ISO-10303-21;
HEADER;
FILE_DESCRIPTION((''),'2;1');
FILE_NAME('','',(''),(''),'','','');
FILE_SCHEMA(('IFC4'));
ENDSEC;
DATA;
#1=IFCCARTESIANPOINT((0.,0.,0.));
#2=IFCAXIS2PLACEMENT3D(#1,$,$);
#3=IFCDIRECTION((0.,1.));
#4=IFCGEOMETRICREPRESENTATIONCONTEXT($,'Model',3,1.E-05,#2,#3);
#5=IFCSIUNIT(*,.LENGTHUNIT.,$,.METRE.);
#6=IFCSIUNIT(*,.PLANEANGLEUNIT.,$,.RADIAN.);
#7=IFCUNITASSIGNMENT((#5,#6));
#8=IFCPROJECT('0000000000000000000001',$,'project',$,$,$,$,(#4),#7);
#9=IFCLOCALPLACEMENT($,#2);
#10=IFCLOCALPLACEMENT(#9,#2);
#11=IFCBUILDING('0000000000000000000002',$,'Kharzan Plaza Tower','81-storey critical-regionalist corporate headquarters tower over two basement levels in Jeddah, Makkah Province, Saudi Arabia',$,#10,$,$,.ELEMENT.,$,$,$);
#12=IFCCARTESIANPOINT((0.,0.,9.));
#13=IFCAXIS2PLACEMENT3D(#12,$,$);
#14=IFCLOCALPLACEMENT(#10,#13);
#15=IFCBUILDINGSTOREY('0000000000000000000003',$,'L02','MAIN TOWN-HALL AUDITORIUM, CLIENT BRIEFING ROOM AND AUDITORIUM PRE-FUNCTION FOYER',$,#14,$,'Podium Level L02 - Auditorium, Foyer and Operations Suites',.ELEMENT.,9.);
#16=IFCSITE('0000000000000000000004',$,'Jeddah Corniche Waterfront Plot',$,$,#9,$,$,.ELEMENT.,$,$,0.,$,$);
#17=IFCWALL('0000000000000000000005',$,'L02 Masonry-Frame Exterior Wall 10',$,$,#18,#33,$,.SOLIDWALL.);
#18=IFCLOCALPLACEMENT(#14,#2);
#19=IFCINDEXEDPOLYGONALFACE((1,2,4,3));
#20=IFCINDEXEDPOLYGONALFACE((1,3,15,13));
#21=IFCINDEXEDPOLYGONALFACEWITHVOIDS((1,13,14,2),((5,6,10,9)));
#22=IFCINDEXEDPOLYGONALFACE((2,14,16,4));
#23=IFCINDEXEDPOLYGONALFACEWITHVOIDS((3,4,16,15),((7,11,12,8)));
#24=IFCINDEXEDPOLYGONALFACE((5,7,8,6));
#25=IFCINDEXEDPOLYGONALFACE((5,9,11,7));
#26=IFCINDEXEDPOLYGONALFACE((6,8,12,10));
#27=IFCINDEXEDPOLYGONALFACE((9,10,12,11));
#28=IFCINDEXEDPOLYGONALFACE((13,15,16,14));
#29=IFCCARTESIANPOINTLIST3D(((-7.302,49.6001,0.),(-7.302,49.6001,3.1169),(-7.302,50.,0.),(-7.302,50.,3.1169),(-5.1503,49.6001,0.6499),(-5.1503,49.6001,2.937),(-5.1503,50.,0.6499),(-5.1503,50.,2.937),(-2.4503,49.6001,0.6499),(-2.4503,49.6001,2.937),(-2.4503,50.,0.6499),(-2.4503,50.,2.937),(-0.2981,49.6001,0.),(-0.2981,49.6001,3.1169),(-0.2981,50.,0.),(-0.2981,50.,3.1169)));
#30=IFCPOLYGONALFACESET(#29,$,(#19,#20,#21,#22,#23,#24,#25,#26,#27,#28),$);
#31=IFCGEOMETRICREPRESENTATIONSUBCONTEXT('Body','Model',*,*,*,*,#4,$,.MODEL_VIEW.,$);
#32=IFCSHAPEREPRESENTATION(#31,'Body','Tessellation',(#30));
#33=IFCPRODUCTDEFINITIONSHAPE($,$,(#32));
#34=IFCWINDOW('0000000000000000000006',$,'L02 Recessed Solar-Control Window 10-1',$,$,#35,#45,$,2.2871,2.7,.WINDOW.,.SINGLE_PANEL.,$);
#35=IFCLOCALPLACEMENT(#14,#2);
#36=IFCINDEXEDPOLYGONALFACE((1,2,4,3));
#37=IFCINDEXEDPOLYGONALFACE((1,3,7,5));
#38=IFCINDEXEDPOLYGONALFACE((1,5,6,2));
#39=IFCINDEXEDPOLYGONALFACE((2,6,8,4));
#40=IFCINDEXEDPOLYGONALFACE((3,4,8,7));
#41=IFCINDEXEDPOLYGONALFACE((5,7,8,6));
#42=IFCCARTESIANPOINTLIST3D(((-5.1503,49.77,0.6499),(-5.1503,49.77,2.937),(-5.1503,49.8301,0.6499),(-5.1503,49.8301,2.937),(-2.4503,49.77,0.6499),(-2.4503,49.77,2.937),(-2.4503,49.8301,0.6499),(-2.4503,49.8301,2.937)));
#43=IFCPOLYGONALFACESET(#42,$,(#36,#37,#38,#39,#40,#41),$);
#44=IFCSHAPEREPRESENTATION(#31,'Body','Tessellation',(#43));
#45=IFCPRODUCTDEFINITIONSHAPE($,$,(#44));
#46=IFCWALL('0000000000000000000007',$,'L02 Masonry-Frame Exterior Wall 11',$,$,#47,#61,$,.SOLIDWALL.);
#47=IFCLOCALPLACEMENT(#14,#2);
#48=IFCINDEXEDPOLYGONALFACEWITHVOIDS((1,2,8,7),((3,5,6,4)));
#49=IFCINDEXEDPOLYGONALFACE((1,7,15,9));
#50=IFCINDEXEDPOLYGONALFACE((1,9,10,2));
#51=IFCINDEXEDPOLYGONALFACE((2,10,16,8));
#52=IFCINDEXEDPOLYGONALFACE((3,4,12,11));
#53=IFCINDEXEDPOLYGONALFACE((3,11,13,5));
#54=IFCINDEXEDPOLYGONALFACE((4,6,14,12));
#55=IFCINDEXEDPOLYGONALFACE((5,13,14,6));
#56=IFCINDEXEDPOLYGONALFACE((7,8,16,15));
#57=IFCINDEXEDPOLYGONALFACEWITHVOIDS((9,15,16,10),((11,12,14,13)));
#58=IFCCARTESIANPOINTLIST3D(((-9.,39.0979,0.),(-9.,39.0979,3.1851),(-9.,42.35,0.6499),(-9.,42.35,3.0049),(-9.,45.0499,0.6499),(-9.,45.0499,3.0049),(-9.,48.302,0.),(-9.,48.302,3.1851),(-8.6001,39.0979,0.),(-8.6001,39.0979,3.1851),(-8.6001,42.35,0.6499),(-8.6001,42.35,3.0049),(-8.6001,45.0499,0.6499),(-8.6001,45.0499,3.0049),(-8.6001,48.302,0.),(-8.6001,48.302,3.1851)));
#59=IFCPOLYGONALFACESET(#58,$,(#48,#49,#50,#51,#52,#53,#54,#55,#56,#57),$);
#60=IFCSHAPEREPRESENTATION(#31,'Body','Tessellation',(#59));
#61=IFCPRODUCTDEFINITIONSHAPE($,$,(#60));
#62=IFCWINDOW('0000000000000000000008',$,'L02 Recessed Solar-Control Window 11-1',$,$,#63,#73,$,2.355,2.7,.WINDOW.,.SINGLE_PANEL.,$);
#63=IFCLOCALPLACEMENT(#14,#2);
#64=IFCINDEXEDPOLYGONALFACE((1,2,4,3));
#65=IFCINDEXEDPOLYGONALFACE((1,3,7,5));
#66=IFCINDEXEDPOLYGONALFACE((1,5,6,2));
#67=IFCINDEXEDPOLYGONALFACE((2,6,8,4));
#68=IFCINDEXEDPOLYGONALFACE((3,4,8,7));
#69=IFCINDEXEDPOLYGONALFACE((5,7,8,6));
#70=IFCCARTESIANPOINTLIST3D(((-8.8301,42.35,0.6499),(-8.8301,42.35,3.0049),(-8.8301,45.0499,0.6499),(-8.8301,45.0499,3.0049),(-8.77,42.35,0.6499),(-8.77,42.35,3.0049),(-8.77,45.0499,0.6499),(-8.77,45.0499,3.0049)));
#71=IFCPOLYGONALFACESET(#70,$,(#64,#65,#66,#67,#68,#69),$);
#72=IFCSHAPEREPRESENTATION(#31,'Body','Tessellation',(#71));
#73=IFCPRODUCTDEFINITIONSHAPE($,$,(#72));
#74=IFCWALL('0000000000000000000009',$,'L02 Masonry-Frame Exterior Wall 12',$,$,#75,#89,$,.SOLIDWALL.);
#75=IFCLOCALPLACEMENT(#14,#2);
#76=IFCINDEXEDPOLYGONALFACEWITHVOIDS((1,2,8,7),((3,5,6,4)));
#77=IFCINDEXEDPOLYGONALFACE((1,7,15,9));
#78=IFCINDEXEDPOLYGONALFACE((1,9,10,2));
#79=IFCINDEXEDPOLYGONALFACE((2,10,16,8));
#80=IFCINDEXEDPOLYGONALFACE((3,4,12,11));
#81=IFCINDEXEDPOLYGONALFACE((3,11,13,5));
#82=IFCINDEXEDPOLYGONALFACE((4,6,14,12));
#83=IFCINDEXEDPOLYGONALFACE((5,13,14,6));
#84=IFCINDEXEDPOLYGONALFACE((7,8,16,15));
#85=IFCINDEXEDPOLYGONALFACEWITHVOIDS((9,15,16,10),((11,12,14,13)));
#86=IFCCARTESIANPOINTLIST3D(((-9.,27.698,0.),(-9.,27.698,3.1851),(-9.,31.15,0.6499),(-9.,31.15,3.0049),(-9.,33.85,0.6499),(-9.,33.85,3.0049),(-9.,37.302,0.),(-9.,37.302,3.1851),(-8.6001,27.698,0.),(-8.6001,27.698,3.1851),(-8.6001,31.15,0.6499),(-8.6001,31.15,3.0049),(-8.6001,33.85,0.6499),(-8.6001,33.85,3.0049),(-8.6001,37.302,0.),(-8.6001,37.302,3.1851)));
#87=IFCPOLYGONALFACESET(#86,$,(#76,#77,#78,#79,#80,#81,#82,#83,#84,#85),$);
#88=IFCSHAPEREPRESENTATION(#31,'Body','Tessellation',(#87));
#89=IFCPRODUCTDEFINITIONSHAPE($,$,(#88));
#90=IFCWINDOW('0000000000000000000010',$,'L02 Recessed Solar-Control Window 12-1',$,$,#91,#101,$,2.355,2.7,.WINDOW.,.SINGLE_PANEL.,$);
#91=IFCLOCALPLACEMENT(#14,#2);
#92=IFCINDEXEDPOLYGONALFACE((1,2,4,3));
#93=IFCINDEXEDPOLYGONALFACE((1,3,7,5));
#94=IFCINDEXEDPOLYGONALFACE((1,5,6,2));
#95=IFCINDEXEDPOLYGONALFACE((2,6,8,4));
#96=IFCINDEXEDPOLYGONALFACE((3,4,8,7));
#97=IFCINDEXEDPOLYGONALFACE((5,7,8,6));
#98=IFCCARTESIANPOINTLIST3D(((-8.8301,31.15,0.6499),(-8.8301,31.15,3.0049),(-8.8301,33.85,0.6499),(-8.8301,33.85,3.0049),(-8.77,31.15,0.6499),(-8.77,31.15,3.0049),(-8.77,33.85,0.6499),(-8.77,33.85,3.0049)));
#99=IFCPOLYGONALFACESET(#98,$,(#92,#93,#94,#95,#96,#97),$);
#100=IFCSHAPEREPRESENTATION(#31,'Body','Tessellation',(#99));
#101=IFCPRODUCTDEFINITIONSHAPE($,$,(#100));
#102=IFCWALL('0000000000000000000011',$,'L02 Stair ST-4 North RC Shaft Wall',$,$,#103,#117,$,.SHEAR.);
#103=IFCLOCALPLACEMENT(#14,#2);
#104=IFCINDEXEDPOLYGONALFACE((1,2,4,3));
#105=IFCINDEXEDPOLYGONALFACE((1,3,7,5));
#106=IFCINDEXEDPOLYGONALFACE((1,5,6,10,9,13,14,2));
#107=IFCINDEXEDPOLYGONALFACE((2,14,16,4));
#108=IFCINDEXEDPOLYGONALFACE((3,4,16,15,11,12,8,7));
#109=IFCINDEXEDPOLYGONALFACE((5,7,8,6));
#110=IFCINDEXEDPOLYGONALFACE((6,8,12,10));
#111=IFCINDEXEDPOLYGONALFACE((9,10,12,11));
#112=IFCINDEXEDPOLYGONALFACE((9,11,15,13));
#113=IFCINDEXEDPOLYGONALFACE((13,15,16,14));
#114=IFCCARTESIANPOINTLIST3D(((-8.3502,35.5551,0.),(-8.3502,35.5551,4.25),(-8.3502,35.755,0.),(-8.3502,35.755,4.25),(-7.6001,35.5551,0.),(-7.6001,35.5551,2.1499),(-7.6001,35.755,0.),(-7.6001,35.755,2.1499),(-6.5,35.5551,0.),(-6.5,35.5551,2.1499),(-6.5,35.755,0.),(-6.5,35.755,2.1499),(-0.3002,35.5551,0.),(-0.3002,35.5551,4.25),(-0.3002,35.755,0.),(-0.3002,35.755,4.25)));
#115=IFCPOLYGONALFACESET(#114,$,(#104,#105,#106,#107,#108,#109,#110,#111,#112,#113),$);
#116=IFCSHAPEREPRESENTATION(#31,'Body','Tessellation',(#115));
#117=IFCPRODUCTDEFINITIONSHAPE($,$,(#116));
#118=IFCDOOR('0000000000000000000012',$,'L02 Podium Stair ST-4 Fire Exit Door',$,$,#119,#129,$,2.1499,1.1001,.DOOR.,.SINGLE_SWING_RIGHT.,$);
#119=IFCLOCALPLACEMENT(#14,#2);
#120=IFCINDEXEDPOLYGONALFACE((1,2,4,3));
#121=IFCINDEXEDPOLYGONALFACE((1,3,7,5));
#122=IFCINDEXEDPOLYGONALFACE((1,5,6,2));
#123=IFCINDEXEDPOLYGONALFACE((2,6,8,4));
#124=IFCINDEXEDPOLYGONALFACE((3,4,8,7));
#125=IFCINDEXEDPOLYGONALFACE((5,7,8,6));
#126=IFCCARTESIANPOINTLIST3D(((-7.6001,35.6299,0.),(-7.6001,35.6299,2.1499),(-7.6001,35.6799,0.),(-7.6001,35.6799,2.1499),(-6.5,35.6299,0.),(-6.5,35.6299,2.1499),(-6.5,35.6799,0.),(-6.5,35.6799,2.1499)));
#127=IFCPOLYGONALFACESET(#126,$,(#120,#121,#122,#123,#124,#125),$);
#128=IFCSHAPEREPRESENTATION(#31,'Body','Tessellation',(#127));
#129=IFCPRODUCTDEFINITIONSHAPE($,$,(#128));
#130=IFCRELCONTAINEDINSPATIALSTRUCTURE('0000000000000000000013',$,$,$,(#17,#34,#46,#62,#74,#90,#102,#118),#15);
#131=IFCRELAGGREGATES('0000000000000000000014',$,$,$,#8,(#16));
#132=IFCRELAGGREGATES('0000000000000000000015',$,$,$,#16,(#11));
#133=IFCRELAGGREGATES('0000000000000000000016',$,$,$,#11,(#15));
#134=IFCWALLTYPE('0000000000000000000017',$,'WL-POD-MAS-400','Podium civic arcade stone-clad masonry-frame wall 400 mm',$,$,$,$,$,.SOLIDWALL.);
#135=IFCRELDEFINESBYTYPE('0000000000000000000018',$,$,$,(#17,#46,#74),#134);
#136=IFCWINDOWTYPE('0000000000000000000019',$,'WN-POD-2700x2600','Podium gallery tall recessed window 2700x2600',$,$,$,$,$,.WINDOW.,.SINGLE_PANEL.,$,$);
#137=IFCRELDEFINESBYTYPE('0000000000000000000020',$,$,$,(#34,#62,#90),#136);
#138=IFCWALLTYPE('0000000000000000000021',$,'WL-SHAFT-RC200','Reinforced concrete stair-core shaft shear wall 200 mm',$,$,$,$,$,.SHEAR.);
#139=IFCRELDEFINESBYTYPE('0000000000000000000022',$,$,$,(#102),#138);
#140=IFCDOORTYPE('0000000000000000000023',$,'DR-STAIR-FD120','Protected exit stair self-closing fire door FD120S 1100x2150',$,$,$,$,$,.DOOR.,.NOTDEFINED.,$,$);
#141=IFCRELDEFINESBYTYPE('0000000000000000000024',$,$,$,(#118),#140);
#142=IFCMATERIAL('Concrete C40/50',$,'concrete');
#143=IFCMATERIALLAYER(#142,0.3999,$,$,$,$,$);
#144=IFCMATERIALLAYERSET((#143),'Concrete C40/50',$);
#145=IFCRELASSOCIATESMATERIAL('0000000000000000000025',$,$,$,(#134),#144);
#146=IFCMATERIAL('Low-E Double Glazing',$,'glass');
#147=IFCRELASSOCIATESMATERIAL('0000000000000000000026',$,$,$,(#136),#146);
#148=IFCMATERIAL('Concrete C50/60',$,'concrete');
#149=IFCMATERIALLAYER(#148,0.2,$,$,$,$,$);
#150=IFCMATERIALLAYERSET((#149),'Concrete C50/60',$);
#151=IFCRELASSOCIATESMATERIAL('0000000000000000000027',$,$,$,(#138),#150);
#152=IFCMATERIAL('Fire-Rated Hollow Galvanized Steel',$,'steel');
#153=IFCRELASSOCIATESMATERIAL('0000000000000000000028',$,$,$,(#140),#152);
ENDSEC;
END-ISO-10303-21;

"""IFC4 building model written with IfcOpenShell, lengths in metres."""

from ifc_helpers import new_model, si_unit, direction, frame, frame_2d, origin, place, context, subcontext, project, spatial, rectangle, extrude, source, transform, mapped, material, layer, layer_set, type_object, element, fill, save


model = new_model("IFC4")

# Units and contexts
model_context = context("Model", 3, precision=1e-05, world=origin(), true_north=direction((0.0, 1.0)))
body_context = subcontext(model_context, "Body", "Model", "MODEL_VIEW")
ifc_project = project(units=[si_unit("LENGTHUNIT", "METRE"), si_unit("PLANEANGLEUNIT", "RADIAN")], contexts=[model_context])

# Site, building, storey
site_placement = place(None, origin())
site = spatial("IfcSite", under=ifc_project, at=site_placement, Name="Jeddah Corniche Waterfront Plot", CompositionType="ELEMENT", RefElevation=0.0)
building_placement = place(site_placement, origin())
building = spatial("IfcBuilding", under=site, at=building_placement, Name="Kharzan Plaza Tower", Description="81-storey critical-regionalist corporate headquarters tower over two basement levels in Jeddah, Makkah Province, Saudi Arabia", CompositionType="ELEMENT")
storey_placement = place(building_placement, frame((0.0, 0.0, 9.0)))
storey = spatial("IfcBuildingStorey", under=building, at=storey_placement, Name="L02", Description="MAIN TOWN-HALL AUDITORIUM, CLIENT BRIEFING ROOM AND AUDITORIUM PRE-FUNCTION FOYER", LongName="Podium Level L02 - Auditorium, Foyer and Operations Suites", CompositionType="ELEMENT", Elevation=9.0)

# Walls, openings, windows
ifc_material_1 = material(Name="Concrete C40/50", Category="concrete")
ifc_layer_1 = layer(ifc_material_1, 0.3999)
ifc_layer_set_1 = layer_set([ifc_layer_1], Name="Concrete C40/50")
wall_type_1 = type_object("IfcWallType", Name="WL-POD-MAS-400", Description="Podium civic arcade stone-clad masonry-frame wall 400 mm", PredefinedType="SOLIDWALL", material=ifc_layer_set_1)
wall_1_placement = place(storey_placement, frame((-0.2981, 49.8, 0.0), z_axis=(0.0, 0.0, 1.0), x_axis=(-1.0, 0.0, 0.0)))
wall_1 = element("IfcWall", 1, at=wall_1_placement, inside=storey, type_object=wall_type_1, Name="L02 Masonry-Frame Exterior Wall 10", PredefinedType="SOLIDWALL", context=body_context, shape_type="SweptSolid", body=[
    extrude(rectangle(XDim=7.0039, YDim=0.3999, at=frame_2d((3.502, 0.0))), origin(), (0.0, 0.0, 1.0), 3.1169),
])
opening_1_placement = place(wall_1_placement, frame((2.1521, 0.0, 0.6499)))
opening_1 = element("IfcOpeningElement", 2, at=opening_1_placement, cuts=wall_1, PredefinedType="OPENING", context=body_context, shape_type="SweptSolid", body=[
    extrude(rectangle(XDim=2.7, YDim=2.2871, at=frame_2d((1.3501, 1.1436))), frame((0.0, 0.21, 0.0), z_axis=(0.0, -1.0, 0.0), x_axis=(1.0, 0.0, 0.0)), (0.0, 0.0, 1.0), 0.4199),
])
ifc_material_2 = material(Name="Low-E Double Glazing", Category="glass")
window_type = type_object("IfcWindowType", Name="WN-POD-2700x2600", Description="Podium gallery tall recessed window 2700x2600", PartitioningType="SINGLE_PANEL", PredefinedType="WINDOW", material=ifc_material_2)
shared_shape_1 = source(origin(), body_context, "Body", "SweptSolid", [
    extrude(rectangle(XDim=2.7, YDim=2.2871, at=frame_2d((1.3501, 1.1436))), frame((0.0, 0.03, 0.0), z_axis=(0.0, -1.0, 0.0), x_axis=(1.0, 0.0, 0.0)), (0.0, 0.0, 1.0), 0.0601),
])
window_1_placement = place(opening_1_placement, origin())
window_1 = element("IfcWindow", 3, at=window_1_placement, inside=storey, type_object=window_type, Name="L02 Recessed Solar-Control Window 10-1", OverallHeight=2.2871, OverallWidth=2.7, PartitioningType="SINGLE_PANEL", PredefinedType="WINDOW", context=body_context, shape_type="MappedRepresentation", body=[
    mapped(shared_shape_1, transform((0.0, 0.0, 0.0), x_axis=(1.0, 0.0, 0.0), y_axis=(0.0, 1.0, 0.0), z_axis=(0.0, 0.0, 1.0))),
])
fill(opening_1, window_1)
wall_2_placement = place(storey_placement, frame((-8.8, 48.302, 0.0), z_axis=(0.0, 0.0, 1.0), x_axis=(0.0, -1.0, 0.0)))
wall_2 = element("IfcWall", 4, at=wall_2_placement, inside=storey, type_object=wall_type_1, Name="L02 Masonry-Frame Exterior Wall 11", PredefinedType="SOLIDWALL", context=body_context, shape_type="SweptSolid", body=[
    extrude(rectangle(XDim=9.2041, YDim=0.3999, at=frame_2d((4.6021, 0.0))), origin(), (0.0, 0.0, 1.0), 3.1851),
])
opening_2_placement = place(wall_2_placement, frame((3.252, 0.0, 0.6499)))
opening_2 = element("IfcOpeningElement", 5, at=opening_2_placement, cuts=wall_2, PredefinedType="OPENING", context=body_context, shape_type="SweptSolid", body=[
    extrude(rectangle(XDim=2.7, YDim=2.355, at=frame_2d((1.3501, 1.1775))), frame((0.0, 0.21, 0.0), z_axis=(0.0, -1.0, 0.0), x_axis=(1.0, 0.0, 0.0)), (0.0, 0.0, 1.0), 0.4199),
])
shared_shape_2 = source(origin(), body_context, "Body", "SweptSolid", [
    extrude(rectangle(XDim=2.7, YDim=2.355, at=frame_2d((1.3501, 1.1775))), frame((0.0, 0.03, 0.0), z_axis=(0.0, -1.0, 0.0), x_axis=(1.0, 0.0, 0.0)), (0.0, 0.0, 1.0), 0.0601),
])
window_2_placement = place(opening_2_placement, origin())
window_2 = element("IfcWindow", 6, at=window_2_placement, inside=storey, type_object=window_type, Name="L02 Recessed Solar-Control Window 11-1", OverallHeight=2.355, OverallWidth=2.7, PartitioningType="SINGLE_PANEL", PredefinedType="WINDOW", context=body_context, shape_type="MappedRepresentation", body=[
    mapped(shared_shape_2, transform((0.0, 0.0, 0.0), x_axis=(1.0, 0.0, 0.0), y_axis=(0.0, 1.0, 0.0), z_axis=(0.0, 0.0, 1.0))),
])
fill(opening_2, window_2)
wall_3_placement = place(storey_placement, frame((-8.8, 37.302, 0.0), z_axis=(0.0, 0.0, 1.0), x_axis=(0.0, -1.0, 0.0)))
wall_3 = element("IfcWall", 7, at=wall_3_placement, inside=storey, type_object=wall_type_1, Name="L02 Masonry-Frame Exterior Wall 12", PredefinedType="SOLIDWALL", context=body_context, shape_type="SweptSolid", body=[
    extrude(rectangle(XDim=9.604, YDim=0.3999, at=frame_2d((4.802, 0.0))), origin(), (0.0, 0.0, 1.0), 3.1851),
])
opening_3_placement = place(wall_3_placement, frame((3.4519, 0.0, 0.6499)))
opening_3 = element("IfcOpeningElement", 8, at=opening_3_placement, cuts=wall_3, PredefinedType="OPENING", context=body_context, shape_type="SweptSolid", body=[
    extrude(rectangle(XDim=2.7, YDim=2.355, at=frame_2d((1.3501, 1.1775))), frame((0.0, 0.21, 0.0), z_axis=(0.0, -1.0, 0.0), x_axis=(1.0, 0.0, 0.0)), (0.0, 0.0, 1.0), 0.4199),
])
window_3_placement = place(opening_3_placement, origin())
window_3 = element("IfcWindow", 9, at=window_3_placement, inside=storey, type_object=window_type, Name="L02 Recessed Solar-Control Window 12-1", OverallHeight=2.355, OverallWidth=2.7, PartitioningType="SINGLE_PANEL", PredefinedType="WINDOW", context=body_context, shape_type="MappedRepresentation", body=[
    mapped(shared_shape_2, transform((0.0, 0.0, 0.0), x_axis=(1.0, 0.0, 0.0), y_axis=(0.0, 1.0, 0.0), z_axis=(0.0, 0.0, 1.0))),
])
fill(opening_3, window_3)

# Wall, opening, door
ifc_material_3 = material(Name="Concrete C50/60", Category="concrete")
ifc_layer_2 = layer(ifc_material_3, 0.2)
ifc_layer_set_2 = layer_set([ifc_layer_2], Name="Concrete C50/60")
wall_type_2 = type_object("IfcWallType", Name="WL-SHAFT-RC200", Description="Reinforced concrete stair-core shaft shear wall 200 mm", PredefinedType="SHEAR", material=ifc_layer_set_2)
wall_4_placement = place(storey_placement, frame((-8.3501, 35.655, 0.0), z_axis=(0.0, 0.0, 1.0), x_axis=(1.0, 0.0, 0.0)))
wall_4 = element("IfcWall", 10, at=wall_4_placement, inside=storey, type_object=wall_type_2, Name="L02 Stair ST-4 North RC Shaft Wall", PredefinedType="SHEAR", context=body_context, shape_type="SweptSolid", body=[
    extrude(rectangle(XDim=8.05, YDim=0.2, at=frame_2d((4.0249, 0.0))), origin(), (0.0, 0.0, 1.0), 4.25),
])
opening_4_placement = place(wall_4_placement, frame((0.75, 0.0, 0.0)))
opening_4 = element("IfcOpeningElement", 11, at=opening_4_placement, cuts=wall_4, PredefinedType="OPENING", context=body_context, shape_type="SweptSolid", body=[
    extrude(rectangle(XDim=1.1001, YDim=2.1499, at=frame_2d((0.55, 1.075))), frame((0.0, 0.1099, 0.0), z_axis=(0.0, -1.0, 0.0), x_axis=(1.0, 0.0, 0.0)), (0.0, 0.0, 1.0), 0.22),
])
ifc_material_4 = material(Name="Fire-Rated Hollow Galvanized Steel", Category="steel")
door_type = type_object("IfcDoorType", Name="DR-STAIR-FD120", Description="Protected exit stair self-closing fire door FD120S 1100x2150", OperationType="NOTDEFINED", PredefinedType="DOOR", material=ifc_material_4)
shared_shape_3 = source(origin(), body_context, "Body", "SweptSolid", [
    extrude(rectangle(XDim=1.1001, YDim=2.1499, at=frame_2d((0.55, 1.075))), frame((0.0, 0.0249, 0.0), z_axis=(0.0, -1.0, 0.0), x_axis=(1.0, 0.0, 0.0)), (0.0, 0.0, 1.0), 0.05),
])
door_placement = place(opening_4_placement, origin())
door = element("IfcDoor", 12, at=door_placement, inside=storey, type_object=door_type, Name="L02 Podium Stair ST-4 Fire Exit Door", OperationType="SINGLE_SWING_RIGHT", OverallHeight=2.1499, OverallWidth=1.1001, PredefinedType="DOOR", context=body_context, shape_type="MappedRepresentation", body=[
    mapped(shared_shape_3, transform((0.0, 0.0, 0.0), x_axis=(1.0, 0.0, 0.0), y_axis=(0.0, 1.0, 0.0), z_axis=(0.0, 0.0, 1.0))),
])
fill(opening_4, door)

save(model, "model.ifc")
